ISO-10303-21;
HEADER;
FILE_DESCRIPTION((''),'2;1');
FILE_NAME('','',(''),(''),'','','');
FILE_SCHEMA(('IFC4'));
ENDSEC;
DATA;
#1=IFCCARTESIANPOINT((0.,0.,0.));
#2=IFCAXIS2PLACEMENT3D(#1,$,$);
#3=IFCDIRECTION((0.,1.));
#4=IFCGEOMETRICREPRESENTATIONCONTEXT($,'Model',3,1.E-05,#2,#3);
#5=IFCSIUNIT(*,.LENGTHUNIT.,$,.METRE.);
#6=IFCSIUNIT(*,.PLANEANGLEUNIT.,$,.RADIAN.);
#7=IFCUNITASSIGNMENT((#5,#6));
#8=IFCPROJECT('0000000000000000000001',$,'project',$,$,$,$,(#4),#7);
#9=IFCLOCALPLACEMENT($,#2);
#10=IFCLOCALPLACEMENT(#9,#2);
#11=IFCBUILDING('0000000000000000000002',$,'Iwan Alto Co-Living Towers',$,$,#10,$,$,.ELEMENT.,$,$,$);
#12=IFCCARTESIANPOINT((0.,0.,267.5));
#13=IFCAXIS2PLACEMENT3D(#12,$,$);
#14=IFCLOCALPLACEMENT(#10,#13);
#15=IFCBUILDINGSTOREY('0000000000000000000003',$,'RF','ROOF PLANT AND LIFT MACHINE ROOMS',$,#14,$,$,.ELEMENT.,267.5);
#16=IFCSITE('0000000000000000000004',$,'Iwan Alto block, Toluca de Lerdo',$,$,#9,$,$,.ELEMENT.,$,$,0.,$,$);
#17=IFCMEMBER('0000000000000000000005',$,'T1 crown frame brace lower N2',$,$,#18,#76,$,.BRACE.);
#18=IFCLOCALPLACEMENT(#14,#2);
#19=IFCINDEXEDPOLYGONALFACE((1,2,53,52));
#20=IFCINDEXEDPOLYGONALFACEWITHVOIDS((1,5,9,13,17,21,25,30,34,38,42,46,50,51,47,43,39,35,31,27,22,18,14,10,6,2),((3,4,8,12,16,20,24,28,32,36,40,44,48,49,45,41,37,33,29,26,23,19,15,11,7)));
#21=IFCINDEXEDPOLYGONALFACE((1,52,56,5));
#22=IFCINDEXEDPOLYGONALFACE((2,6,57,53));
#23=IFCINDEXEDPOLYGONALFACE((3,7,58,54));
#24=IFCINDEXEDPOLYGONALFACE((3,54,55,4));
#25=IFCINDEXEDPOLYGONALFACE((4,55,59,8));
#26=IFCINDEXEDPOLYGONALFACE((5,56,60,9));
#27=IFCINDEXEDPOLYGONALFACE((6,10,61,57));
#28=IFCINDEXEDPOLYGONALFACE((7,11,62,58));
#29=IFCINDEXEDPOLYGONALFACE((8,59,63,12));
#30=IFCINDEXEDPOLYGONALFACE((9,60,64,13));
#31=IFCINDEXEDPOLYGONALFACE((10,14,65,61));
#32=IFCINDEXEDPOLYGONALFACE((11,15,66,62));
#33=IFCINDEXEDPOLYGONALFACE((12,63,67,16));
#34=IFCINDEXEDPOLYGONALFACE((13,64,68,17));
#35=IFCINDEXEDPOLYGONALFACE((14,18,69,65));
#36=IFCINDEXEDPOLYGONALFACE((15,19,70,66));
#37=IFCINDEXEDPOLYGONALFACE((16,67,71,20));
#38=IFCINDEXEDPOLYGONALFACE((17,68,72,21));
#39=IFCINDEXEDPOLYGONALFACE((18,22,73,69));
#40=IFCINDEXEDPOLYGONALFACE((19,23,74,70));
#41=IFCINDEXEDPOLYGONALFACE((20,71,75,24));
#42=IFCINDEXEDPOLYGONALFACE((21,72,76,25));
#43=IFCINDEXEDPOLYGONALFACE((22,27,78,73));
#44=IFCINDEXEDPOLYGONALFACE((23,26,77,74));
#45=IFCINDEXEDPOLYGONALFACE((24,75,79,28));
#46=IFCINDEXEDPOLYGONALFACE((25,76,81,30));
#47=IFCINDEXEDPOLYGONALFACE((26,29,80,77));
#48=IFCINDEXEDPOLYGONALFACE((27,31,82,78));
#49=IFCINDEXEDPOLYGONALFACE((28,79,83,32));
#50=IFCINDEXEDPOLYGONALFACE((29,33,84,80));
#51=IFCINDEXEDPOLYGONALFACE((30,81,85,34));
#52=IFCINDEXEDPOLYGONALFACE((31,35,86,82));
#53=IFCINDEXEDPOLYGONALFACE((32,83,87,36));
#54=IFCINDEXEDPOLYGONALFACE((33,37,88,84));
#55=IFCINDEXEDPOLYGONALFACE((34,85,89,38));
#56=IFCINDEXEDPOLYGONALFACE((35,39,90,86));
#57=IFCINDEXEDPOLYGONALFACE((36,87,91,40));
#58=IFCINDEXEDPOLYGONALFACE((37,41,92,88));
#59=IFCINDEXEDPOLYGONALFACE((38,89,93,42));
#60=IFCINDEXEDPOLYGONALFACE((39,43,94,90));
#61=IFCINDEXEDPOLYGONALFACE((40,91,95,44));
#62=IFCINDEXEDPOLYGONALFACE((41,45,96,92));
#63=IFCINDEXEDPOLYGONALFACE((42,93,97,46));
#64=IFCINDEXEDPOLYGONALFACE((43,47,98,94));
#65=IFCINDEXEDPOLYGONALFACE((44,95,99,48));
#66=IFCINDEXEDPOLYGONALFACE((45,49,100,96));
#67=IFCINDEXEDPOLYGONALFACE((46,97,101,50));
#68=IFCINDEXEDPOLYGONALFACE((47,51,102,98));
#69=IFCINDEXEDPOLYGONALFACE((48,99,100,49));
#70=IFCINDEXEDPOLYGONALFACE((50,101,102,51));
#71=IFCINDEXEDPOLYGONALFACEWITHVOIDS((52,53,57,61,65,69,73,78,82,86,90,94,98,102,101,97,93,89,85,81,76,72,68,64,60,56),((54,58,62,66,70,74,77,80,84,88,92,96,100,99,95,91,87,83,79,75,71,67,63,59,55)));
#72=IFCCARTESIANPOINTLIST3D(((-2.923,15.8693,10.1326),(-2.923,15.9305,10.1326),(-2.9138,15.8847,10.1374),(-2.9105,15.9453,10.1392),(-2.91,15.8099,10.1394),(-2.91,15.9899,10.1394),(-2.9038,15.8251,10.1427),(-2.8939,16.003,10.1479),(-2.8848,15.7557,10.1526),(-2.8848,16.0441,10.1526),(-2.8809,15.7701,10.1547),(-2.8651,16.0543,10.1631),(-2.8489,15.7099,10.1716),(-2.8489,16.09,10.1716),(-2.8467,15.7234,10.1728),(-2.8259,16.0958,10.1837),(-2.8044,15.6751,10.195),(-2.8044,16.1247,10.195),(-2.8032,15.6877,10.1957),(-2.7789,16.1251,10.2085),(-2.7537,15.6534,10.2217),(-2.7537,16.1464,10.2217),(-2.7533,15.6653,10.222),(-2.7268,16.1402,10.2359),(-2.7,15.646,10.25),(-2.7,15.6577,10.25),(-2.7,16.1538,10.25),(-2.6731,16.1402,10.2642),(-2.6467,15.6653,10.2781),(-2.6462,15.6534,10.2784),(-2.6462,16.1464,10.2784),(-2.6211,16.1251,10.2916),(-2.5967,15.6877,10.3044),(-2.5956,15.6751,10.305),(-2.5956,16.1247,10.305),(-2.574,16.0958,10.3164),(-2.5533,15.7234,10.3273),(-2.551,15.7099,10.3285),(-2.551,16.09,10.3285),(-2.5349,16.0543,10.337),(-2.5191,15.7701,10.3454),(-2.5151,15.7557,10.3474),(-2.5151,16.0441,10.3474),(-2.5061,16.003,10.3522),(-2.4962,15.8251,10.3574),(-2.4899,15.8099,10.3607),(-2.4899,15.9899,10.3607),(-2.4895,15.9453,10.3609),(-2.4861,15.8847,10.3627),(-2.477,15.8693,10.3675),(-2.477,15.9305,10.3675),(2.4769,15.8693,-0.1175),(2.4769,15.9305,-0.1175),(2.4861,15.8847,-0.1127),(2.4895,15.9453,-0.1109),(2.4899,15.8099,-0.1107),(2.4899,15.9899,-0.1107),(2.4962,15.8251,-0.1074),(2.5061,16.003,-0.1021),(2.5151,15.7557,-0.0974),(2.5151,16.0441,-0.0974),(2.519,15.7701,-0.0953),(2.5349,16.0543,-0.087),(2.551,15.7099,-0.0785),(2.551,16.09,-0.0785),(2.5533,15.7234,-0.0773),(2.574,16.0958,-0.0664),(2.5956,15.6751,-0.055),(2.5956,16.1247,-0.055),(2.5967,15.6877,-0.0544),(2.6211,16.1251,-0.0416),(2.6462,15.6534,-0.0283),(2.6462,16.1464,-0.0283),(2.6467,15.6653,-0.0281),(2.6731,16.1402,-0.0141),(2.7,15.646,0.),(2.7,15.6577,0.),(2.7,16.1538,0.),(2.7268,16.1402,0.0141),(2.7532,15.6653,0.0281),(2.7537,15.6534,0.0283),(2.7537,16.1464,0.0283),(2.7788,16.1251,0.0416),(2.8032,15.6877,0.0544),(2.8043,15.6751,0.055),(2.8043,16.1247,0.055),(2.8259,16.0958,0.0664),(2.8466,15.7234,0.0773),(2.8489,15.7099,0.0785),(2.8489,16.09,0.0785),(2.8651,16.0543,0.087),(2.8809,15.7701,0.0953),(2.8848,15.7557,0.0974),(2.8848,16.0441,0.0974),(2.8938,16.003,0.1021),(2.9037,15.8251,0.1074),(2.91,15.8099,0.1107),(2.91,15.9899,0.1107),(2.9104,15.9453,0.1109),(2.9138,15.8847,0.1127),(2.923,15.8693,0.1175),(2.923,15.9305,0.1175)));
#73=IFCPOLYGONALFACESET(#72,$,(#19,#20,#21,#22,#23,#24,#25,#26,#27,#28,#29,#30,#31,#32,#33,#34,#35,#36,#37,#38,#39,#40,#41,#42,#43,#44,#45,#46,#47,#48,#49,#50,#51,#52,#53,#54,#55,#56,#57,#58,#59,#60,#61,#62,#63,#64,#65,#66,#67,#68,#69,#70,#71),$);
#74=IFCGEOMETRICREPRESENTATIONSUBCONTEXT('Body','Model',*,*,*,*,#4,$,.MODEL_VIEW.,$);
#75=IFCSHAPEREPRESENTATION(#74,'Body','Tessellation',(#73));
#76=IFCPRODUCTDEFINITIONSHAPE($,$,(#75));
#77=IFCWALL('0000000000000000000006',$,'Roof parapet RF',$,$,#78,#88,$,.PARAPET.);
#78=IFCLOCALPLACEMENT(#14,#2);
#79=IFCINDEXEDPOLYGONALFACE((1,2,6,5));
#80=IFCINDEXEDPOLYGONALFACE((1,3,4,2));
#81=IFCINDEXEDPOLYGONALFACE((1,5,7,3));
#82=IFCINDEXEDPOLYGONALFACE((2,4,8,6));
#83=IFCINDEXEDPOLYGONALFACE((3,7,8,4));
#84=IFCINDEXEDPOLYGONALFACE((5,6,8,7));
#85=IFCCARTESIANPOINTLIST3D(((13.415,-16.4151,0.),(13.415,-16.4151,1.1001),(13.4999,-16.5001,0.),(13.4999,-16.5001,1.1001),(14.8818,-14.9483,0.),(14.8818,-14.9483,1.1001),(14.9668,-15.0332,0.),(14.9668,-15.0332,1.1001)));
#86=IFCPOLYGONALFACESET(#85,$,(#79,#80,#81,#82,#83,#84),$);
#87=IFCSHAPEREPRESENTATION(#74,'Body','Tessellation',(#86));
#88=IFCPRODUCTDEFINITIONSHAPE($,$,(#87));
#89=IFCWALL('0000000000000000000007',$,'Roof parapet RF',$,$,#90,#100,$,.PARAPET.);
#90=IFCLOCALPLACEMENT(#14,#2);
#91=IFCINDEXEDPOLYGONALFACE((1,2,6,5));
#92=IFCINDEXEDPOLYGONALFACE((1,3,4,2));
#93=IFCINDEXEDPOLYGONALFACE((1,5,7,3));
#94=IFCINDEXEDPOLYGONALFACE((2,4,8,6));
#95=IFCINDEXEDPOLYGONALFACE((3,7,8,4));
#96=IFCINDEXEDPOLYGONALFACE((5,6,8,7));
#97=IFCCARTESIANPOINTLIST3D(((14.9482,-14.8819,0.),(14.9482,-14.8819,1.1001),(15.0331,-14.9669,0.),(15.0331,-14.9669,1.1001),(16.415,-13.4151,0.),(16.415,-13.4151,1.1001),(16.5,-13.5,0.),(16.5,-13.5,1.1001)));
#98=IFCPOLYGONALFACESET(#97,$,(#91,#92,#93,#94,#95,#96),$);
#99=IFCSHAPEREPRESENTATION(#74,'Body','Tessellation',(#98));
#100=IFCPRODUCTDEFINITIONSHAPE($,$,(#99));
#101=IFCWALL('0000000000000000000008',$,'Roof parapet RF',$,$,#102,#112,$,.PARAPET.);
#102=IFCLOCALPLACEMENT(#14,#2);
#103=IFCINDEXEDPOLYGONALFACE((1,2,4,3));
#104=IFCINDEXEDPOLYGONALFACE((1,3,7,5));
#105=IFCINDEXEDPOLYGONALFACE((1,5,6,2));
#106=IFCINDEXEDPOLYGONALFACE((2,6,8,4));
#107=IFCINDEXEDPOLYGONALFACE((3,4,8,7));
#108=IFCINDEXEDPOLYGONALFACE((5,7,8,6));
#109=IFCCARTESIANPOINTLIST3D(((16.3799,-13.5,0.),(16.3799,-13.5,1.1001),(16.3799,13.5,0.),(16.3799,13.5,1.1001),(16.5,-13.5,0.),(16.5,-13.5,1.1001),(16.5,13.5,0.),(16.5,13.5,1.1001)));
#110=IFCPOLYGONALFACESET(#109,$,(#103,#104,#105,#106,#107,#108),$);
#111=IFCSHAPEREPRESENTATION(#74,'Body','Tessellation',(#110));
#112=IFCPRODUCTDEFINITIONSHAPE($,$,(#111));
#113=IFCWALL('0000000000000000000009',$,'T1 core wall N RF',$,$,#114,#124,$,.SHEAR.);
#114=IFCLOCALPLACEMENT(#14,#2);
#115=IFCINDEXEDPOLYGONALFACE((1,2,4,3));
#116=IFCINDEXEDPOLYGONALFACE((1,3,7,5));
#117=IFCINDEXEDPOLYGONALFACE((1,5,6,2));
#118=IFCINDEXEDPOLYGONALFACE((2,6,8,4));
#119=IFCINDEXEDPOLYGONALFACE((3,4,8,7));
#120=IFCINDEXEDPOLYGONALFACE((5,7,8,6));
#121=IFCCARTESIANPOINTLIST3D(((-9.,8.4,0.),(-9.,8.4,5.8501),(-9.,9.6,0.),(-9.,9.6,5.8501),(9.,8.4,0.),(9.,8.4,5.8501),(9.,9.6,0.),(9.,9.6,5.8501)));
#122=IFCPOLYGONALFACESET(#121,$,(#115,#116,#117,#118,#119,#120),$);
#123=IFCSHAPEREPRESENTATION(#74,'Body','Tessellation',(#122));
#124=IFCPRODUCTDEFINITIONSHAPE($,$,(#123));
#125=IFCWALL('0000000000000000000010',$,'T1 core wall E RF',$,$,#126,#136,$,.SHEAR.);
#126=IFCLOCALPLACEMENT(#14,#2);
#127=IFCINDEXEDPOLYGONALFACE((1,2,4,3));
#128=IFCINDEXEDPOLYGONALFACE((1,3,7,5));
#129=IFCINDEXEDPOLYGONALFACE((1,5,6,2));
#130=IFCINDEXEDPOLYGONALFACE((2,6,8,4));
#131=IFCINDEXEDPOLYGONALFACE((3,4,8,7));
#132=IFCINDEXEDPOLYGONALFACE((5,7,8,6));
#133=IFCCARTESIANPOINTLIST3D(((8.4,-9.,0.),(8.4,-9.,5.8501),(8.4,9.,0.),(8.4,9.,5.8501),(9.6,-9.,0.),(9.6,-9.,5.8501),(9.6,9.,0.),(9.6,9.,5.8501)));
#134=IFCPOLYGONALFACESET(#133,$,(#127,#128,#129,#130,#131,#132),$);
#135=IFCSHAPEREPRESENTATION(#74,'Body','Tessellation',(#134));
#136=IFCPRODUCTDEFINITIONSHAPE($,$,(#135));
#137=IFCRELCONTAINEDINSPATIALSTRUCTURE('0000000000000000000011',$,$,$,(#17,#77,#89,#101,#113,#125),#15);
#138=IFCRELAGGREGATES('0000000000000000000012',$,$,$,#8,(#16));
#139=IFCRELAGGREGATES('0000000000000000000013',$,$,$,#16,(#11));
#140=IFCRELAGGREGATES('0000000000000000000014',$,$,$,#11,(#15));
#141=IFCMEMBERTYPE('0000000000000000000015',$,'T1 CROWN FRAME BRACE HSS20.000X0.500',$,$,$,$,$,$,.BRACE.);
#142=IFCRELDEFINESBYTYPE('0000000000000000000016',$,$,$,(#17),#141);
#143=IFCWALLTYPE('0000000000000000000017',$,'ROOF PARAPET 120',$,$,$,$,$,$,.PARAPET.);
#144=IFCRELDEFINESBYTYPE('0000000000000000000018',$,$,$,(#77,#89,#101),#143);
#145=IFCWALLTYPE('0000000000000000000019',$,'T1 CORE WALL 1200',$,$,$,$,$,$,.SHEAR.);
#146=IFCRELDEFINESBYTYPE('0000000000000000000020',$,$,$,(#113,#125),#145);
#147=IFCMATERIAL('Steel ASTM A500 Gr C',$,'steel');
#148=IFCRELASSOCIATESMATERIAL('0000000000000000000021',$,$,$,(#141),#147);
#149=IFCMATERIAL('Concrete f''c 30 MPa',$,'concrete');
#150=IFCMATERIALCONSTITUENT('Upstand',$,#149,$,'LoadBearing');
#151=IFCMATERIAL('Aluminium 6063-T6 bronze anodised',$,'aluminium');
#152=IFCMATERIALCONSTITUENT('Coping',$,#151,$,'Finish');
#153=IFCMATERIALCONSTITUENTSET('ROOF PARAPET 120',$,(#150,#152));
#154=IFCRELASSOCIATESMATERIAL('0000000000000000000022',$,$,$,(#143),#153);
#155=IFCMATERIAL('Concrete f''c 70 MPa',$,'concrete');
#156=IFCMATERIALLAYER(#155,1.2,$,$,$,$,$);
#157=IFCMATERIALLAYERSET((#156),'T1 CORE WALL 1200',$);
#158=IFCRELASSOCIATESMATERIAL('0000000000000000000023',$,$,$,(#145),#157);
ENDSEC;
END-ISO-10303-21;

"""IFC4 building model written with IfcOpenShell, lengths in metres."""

from ifc_helpers import new_model, si_unit, direction, frame, frame_2d, origin, origin_2d, place, context, subcontext, project, spatial, rectangle, hollow_circle, extrude, material, layer, layer_set, constituent, constituent_set, material_profile, profile_set, type_object, element, save


model = new_model("IFC4")

# Units and contexts
model_context = context("Model", 3, precision=1e-05, world=origin(), true_north=direction((0.0, 1.0)))
body_context = subcontext(model_context, "Body", "Model", "MODEL_VIEW")
ifc_project = project(units=[si_unit("LENGTHUNIT", "METRE"), si_unit("PLANEANGLEUNIT", "RADIAN")], contexts=[model_context])

# Site, building, storey
site_placement = place(None, origin())
site = spatial("IfcSite", under=ifc_project, at=site_placement, Name="Iwan Alto block, Toluca de Lerdo", CompositionType="ELEMENT", RefElevation=0.0)
building_placement = place(site_placement, origin())
building = spatial("IfcBuilding", under=site, at=building_placement, Name="Iwan Alto Co-Living Towers", CompositionType="ELEMENT")
storey_placement = place(building_placement, frame((0.0, 0.0, 267.5)))
storey = spatial("IfcBuildingStorey", under=building, at=storey_placement, Name="RF", Description="ROOF PLANT AND LIFT MACHINE ROOMS", CompositionType="ELEMENT", Elevation=267.5)

# Member
ifc_material_1 = material(Name="Steel ASTM A500 Gr C", Category="steel")
ifc_material_profile_1 = material_profile(ifc_material_1, hollow_circle(Radius=0.2539, WallThickness=0.0117, at=origin_2d()), Name="HSS20.000X0.500")
ifc_profile_set_1 = profile_set([ifc_material_profile_1], Name="Steel ASTM A500 Gr C")
member_type = type_object("IfcMemberType", Name="T1 CROWN FRAME BRACE HSS20.000X0.500", PredefinedType="BRACE", material=ifc_profile_set_1)
for number, where, z_axis, x_axis, name in (
    (1, (2.7, 15.8999, 0.0), (-0.466096, 0.0, 0.884734), (0.0, -1.0, 0.0), "T1 crown frame brace lower N2"),
):
    element("IfcMember", number, at=place(storey_placement, frame(where, z_axis=z_axis, x_axis=x_axis)), inside=storey, type_object=member_type, Name=name, PredefinedType="BRACE", context=body_context, shape_type="SweptSolid", body=[
        extrude(hollow_circle(Radius=0.2539, WallThickness=0.0117, at=origin_2d()), origin(), (0.0, 0.0, 1.0), 11.5854),
    ])

# Walls
ifc_material_2 = material(Name="Concrete f'c 30 MPa", Category="concrete")
ifc_constituent_1 = constituent(ifc_material_2, Name="Upstand", Category="LoadBearing")
ifc_material_3 = material(Name="Aluminium 6063-T6 bronze anodised", Category="aluminium")
ifc_constituent_2 = constituent(ifc_material_3, Name="Coping", Category="Finish")
ifc_constituent_set = constituent_set(constituents=[ifc_constituent_1, ifc_constituent_2], Name="ROOF PARAPET 120")
wall_type_1 = type_object("IfcWallType", Name="ROOF PARAPET 120", PredefinedType="PARAPET", material=ifc_constituent_set)
for number, where, z_axis, x_axis, name in (
    (2, (13.4575, -16.4575, 0.0), (0.0, 0.0, 1.0), (0.707107, 0.707107, 0.0), "Roof parapet RF"),
    (3, (14.9907, -14.9243, 0.0), (0.0, 0.0, 1.0), (0.707107, 0.707107, 0.0), "Roof parapet RF"),
):
    element("IfcWall", number, at=place(storey_placement, frame(where, z_axis=z_axis, x_axis=x_axis)), inside=storey, type_object=wall_type_1, Name=name, PredefinedType="PARAPET", context=body_context, shape_type="SweptSolid", body=[
        extrude(rectangle(XDim=2.0745, YDim=0.1201, at=frame_2d((1.0371, 0.0))), origin(), (0.0, 0.0, 1.0), 1.1001),
    ])
wall_placement = place(storey_placement, frame((16.4399, -13.5, 0.0), z_axis=(0.0, 0.0, 1.0), x_axis=(0.0, 1.0, 0.0)))
element("IfcWall", 4, at=wall_placement, inside=storey, type_object=wall_type_1, Name="Roof parapet RF", PredefinedType="PARAPET", context=body_context, shape_type="SweptSolid", body=[
    extrude(rectangle(XDim=27.0, YDim=0.1201, at=frame_2d((13.5, 0.0))), origin(), (0.0, 0.0, 1.0), 1.1001),
])
ifc_material_4 = material(Name="Concrete f'c 70 MPa", Category="concrete")
ifc_layer = layer(ifc_material_4, 1.2)
ifc_layer_set = layer_set([ifc_layer], Name="T1 CORE WALL 1200")
wall_type_2 = type_object("IfcWallType", Name="T1 CORE WALL 1200", PredefinedType="SHEAR", material=ifc_layer_set)
for number, where, z_axis, x_axis, name in (
    (5, (9.0, 9.0, 0.0), (0.0, 0.0, 1.0), (-1.0, 0.0, 0.0), "T1 core wall N RF"),
    (6, (9.0, -9.0, 0.0), (0.0, 0.0, 1.0), (0.0, 1.0, 0.0), "T1 core wall E RF"),
):
    element("IfcWall", number, at=place(storey_placement, frame(where, z_axis=z_axis, x_axis=x_axis)), inside=storey, type_object=wall_type_2, Name=name, PredefinedType="SHEAR", context=body_context, shape_type="SweptSolid", body=[
        extrude(rectangle(XDim=18.0, YDim=1.2, at=frame_2d((9.0, 0.0))), origin(), (0.0, 0.0, 1.0), 5.8501),
    ])

save(model, "model.ifc")
